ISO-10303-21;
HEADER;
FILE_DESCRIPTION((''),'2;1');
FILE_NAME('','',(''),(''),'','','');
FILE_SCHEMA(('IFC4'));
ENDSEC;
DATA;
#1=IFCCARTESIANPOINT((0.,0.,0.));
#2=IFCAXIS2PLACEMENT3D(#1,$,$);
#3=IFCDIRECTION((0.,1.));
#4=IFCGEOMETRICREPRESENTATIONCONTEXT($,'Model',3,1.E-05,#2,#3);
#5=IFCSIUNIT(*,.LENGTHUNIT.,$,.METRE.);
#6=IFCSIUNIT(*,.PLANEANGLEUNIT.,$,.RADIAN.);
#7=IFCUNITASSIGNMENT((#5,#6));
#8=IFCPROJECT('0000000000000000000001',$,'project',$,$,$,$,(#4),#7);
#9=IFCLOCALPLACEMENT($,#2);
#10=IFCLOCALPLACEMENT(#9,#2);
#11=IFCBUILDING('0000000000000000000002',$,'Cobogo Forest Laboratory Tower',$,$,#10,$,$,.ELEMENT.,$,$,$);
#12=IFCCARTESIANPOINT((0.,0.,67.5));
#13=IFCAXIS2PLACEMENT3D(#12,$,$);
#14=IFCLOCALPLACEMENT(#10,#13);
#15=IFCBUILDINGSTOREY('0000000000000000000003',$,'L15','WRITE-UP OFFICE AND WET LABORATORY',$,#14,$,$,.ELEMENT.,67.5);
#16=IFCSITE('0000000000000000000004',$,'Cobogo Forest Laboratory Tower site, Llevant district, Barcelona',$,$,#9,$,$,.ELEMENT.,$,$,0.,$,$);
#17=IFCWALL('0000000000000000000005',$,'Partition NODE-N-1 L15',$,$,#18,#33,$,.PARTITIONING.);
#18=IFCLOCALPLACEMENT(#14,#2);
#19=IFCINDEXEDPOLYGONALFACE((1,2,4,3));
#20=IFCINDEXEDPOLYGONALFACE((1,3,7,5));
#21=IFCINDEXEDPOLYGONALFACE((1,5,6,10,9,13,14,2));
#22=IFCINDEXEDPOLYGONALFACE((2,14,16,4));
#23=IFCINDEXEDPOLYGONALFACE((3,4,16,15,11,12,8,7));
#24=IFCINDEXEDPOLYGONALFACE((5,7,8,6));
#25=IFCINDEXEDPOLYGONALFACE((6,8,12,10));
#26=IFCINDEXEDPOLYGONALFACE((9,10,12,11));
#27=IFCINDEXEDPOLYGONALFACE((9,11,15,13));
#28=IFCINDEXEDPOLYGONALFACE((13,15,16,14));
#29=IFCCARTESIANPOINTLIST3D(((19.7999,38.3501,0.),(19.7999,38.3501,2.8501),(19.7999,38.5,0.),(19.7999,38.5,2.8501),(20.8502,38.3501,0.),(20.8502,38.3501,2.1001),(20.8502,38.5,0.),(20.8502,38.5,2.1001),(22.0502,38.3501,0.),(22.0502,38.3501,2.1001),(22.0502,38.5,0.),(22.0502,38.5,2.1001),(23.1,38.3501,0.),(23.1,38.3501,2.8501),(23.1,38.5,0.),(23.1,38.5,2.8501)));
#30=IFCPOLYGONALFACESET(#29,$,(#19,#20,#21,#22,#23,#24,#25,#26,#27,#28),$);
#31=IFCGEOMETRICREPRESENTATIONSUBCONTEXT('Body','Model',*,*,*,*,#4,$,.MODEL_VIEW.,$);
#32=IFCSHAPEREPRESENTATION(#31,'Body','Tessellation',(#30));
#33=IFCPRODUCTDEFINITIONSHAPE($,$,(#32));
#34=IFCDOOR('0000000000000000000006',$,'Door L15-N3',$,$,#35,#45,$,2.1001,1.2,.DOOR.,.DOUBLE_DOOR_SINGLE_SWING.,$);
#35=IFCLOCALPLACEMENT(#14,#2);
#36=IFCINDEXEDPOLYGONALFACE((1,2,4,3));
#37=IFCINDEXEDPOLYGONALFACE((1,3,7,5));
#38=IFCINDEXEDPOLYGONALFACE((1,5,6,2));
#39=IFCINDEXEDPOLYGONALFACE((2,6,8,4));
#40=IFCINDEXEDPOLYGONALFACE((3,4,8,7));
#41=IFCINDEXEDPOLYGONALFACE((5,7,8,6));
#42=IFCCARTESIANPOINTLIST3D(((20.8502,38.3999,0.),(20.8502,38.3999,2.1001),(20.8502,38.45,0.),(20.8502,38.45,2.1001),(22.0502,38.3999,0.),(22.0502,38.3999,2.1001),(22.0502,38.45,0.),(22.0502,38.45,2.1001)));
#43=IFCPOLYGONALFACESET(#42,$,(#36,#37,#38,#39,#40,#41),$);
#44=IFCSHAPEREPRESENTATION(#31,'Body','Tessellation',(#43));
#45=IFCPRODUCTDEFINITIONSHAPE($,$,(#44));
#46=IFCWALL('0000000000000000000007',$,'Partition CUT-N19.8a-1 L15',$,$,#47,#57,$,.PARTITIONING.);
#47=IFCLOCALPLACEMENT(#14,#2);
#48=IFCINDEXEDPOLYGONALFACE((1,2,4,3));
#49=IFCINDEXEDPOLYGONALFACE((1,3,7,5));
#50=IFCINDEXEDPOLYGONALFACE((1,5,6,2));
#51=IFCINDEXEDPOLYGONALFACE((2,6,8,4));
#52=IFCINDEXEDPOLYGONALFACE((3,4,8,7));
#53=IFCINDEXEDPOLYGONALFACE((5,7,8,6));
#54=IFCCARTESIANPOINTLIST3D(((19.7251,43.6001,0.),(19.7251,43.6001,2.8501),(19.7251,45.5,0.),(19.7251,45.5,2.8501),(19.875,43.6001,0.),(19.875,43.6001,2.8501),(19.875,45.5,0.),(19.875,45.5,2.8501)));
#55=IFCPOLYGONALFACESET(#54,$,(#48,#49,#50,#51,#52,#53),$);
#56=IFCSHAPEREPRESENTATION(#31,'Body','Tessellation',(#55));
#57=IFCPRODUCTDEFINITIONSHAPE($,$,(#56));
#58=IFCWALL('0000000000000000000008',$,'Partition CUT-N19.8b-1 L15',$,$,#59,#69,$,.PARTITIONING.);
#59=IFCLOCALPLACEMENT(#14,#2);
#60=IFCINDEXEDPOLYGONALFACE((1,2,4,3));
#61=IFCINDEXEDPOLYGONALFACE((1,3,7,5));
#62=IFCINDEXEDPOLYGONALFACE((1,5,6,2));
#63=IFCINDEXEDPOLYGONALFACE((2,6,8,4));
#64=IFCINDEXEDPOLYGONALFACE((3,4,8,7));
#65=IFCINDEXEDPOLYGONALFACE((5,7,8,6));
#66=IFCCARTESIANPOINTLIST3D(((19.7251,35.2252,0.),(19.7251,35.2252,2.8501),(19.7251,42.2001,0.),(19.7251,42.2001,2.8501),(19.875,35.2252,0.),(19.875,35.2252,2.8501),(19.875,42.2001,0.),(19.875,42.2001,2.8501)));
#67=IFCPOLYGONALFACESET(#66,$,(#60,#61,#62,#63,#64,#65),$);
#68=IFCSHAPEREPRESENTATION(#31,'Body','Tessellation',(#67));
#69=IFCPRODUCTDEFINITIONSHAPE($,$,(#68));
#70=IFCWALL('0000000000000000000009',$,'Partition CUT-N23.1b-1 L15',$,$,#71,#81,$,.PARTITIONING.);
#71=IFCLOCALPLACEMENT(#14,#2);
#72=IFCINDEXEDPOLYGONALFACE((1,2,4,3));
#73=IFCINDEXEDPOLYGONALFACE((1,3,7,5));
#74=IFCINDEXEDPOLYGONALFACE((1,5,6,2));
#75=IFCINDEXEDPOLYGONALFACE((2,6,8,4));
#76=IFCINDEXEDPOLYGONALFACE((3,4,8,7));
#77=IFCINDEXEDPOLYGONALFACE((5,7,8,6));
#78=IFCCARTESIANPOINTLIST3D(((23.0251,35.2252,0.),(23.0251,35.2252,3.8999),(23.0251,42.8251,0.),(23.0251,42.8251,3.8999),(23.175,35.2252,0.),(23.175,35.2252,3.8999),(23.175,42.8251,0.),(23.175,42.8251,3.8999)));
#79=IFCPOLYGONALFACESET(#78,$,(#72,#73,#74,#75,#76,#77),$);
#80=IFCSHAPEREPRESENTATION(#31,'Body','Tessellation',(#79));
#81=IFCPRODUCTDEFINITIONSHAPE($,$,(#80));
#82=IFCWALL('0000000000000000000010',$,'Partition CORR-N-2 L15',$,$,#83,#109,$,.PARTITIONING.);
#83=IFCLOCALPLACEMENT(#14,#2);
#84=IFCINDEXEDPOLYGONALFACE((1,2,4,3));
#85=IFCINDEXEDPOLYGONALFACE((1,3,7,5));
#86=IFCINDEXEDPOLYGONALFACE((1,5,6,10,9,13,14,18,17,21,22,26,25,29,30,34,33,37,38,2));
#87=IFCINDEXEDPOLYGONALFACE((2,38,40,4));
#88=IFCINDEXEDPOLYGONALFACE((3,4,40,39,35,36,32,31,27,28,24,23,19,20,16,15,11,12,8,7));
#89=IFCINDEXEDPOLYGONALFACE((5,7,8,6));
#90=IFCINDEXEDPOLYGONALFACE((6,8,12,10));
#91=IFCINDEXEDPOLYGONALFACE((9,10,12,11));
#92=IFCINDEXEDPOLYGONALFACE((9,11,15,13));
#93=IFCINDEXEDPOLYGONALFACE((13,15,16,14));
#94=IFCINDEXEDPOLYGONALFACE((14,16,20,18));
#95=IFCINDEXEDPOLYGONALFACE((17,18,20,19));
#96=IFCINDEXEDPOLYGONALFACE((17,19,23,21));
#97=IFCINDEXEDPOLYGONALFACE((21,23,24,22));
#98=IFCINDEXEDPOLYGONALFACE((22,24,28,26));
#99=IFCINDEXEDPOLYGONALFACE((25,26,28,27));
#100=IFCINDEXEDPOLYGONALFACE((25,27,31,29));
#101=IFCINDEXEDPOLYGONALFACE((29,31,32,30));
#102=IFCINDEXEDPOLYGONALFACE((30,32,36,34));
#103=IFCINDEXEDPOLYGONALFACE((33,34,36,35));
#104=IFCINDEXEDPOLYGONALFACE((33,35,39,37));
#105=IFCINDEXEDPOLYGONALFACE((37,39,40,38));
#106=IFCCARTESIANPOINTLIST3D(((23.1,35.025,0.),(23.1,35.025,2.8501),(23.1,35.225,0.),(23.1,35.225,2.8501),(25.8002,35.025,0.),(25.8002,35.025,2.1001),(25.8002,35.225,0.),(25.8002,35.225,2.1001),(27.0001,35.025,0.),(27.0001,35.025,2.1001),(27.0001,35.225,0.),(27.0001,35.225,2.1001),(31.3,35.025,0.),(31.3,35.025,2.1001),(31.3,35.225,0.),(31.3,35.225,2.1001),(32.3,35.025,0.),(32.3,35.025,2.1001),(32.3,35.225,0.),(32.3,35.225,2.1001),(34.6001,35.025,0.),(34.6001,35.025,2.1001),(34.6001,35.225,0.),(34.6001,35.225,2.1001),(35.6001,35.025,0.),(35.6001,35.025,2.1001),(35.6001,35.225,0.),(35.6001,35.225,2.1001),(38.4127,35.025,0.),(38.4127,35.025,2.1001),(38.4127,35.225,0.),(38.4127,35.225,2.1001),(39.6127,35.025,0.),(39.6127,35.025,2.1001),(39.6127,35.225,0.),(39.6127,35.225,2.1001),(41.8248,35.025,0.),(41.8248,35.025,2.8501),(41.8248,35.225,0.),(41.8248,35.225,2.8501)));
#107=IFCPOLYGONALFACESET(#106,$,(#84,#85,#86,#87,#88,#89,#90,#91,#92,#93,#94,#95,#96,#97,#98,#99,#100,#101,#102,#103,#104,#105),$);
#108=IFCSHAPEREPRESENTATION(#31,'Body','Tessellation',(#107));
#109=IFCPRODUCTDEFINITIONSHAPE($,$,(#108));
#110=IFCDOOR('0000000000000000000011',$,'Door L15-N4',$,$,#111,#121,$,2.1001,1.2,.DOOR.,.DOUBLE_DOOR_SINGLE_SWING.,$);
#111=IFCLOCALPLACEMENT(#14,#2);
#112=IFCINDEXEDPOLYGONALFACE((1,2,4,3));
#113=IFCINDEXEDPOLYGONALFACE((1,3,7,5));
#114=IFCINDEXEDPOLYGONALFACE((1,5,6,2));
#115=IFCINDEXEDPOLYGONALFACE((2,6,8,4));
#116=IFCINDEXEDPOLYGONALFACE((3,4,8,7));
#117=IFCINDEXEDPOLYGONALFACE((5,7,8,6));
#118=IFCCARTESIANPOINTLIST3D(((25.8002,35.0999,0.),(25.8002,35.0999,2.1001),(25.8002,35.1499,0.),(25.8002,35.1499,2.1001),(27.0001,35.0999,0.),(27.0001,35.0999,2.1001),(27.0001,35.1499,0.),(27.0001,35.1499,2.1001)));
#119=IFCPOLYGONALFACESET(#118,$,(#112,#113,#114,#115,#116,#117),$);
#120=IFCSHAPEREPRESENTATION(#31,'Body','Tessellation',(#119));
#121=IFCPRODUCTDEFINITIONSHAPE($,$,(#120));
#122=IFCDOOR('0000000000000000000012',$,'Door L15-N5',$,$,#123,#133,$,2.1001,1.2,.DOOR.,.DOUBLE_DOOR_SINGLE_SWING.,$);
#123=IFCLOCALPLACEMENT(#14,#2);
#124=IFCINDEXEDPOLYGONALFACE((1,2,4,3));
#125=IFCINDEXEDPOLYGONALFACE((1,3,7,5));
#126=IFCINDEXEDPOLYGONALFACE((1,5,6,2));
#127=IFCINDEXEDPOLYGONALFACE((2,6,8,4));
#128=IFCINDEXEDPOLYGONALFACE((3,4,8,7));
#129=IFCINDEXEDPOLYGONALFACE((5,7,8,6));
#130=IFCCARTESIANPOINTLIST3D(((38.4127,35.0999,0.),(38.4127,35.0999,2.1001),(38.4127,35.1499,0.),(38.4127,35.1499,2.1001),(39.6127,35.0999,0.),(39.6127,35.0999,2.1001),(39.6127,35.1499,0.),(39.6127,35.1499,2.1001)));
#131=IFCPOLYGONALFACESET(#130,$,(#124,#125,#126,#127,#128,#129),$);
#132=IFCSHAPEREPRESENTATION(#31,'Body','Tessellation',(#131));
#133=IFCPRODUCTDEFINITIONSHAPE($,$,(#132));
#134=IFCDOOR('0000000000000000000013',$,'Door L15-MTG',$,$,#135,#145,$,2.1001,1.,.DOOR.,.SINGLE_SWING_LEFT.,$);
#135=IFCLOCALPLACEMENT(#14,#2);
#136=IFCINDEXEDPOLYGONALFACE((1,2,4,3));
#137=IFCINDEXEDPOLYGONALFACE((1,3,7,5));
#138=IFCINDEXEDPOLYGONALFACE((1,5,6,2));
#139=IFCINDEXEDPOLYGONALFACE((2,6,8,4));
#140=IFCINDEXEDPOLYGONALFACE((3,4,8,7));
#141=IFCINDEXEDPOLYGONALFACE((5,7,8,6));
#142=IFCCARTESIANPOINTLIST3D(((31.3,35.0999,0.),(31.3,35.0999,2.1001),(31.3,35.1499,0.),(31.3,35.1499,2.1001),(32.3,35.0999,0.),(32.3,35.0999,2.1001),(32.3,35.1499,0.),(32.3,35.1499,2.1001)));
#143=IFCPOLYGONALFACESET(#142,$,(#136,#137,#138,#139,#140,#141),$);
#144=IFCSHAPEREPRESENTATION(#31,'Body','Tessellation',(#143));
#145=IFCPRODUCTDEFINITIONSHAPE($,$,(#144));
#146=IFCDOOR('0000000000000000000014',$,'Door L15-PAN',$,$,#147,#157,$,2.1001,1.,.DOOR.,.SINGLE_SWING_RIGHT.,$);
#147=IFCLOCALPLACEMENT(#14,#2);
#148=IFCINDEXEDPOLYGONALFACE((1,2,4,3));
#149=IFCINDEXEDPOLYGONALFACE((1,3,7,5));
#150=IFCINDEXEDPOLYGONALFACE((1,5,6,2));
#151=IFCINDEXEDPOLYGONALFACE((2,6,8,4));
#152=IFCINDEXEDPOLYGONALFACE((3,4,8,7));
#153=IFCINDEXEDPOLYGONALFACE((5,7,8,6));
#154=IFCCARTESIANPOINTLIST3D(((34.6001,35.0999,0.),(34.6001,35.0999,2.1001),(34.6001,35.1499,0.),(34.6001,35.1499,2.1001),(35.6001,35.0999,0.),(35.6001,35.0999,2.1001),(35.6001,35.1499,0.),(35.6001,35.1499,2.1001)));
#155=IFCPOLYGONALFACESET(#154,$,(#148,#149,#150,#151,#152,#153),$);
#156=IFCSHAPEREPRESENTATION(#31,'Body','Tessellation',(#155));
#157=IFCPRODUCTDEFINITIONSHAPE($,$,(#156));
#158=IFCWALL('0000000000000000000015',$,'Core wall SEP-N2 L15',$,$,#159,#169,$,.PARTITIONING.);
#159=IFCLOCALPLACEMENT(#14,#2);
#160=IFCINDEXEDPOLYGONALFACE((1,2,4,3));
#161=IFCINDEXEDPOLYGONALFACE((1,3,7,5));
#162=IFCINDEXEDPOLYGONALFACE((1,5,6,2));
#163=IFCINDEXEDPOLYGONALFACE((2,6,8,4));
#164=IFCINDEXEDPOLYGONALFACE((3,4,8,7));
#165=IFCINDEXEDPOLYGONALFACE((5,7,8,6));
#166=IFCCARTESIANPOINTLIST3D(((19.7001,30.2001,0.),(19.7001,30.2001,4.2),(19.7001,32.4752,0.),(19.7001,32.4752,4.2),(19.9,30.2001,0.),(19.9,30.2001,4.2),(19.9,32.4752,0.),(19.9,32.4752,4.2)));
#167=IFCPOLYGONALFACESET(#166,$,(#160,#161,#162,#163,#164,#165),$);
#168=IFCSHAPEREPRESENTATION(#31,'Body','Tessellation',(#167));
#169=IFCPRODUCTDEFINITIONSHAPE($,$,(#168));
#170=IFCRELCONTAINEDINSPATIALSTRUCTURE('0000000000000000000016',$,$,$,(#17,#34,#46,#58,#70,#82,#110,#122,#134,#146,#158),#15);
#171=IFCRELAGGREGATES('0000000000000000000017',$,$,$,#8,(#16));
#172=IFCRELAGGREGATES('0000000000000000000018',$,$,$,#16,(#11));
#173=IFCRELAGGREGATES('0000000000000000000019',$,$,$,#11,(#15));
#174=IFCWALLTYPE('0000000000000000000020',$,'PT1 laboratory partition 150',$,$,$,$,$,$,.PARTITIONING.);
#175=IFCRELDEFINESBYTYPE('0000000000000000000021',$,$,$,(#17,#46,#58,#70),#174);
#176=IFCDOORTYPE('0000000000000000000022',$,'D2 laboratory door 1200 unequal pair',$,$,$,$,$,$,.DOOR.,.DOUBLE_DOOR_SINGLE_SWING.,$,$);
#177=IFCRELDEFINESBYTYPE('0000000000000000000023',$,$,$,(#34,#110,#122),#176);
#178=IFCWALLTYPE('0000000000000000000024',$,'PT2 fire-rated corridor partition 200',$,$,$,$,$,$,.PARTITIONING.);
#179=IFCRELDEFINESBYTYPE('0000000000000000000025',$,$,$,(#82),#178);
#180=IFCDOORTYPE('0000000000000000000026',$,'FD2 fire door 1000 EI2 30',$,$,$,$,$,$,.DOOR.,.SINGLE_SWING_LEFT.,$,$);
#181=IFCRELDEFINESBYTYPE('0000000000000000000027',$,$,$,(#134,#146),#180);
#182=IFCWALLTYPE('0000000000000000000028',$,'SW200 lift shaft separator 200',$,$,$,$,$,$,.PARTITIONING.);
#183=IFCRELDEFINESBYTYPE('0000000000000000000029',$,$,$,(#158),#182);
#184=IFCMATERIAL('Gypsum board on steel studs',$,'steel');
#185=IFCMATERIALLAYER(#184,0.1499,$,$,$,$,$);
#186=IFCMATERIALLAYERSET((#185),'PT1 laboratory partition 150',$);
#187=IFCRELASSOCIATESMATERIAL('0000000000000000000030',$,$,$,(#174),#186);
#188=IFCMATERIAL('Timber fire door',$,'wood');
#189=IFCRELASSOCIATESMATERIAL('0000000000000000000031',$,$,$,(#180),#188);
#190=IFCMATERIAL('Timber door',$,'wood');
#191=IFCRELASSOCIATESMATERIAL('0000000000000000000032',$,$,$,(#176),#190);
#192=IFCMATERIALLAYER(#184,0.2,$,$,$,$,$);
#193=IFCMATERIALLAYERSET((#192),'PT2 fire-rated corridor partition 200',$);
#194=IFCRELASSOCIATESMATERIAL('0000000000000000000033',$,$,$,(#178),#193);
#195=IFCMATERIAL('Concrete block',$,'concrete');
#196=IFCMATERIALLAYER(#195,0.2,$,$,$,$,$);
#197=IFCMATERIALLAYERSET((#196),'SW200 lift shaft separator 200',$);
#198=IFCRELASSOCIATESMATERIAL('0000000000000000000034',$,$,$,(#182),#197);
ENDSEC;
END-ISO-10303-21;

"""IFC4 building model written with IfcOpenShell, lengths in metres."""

from ifc_helpers import new_model, si_unit, direction, frame, frame_2d, origin, place, context, subcontext, project, spatial, rectangle, extrude, material, layer, layer_set, type_object, element, fill, save


model = new_model("IFC4")

# Units and contexts
model_context = context("Model", 3, precision=1e-05, world=origin(), true_north=direction((0.0, 1.0)))
body_context = subcontext(model_context, "Body", "Model", "MODEL_VIEW")
ifc_project = project(units=[si_unit("LENGTHUNIT", "METRE"), si_unit("PLANEANGLEUNIT", "RADIAN")], contexts=[model_context])

# Site, building, storey
site_placement = place(None, origin())
site = spatial("IfcSite", under=ifc_project, at=site_placement, Name="Cobogo Forest Laboratory Tower site, Llevant district, Barcelona", CompositionType="ELEMENT", RefElevation=0.0)
building_placement = place(site_placement, origin())
building = spatial("IfcBuilding", under=site, at=building_placement, Name="Cobogo Forest Laboratory Tower", CompositionType="ELEMENT")
storey_placement = place(building_placement, frame((0.0, 0.0, 67.5)))
storey = spatial("IfcBuildingStorey", under=building, at=storey_placement, Name="L15", Description="WRITE-UP OFFICE AND WET LABORATORY", CompositionType="ELEMENT", Elevation=67.5)

# Wall, opening, door
ifc_material_1 = material(Name="Gypsum board on steel studs", Category="steel")
ifc_layer_1 = layer(ifc_material_1, 0.1499)
ifc_layer_set_1 = layer_set([ifc_layer_1], Name="PT1 laboratory partition 150")
wall_type_1 = type_object("IfcWallType", Name="PT1 laboratory partition 150", PredefinedType="PARTITIONING", material=ifc_layer_set_1)
ifc_material_2 = material(Name="Timber fire door", Category="wood")
door_type_1 = type_object("IfcDoorType", Name="FD2 fire door 1000 EI2 30", OperationType="SINGLE_SWING_LEFT", PredefinedType="DOOR", material=ifc_material_2)
wall_1_placement = place(storey_placement, frame((19.8, 38.425, 0.0), z_axis=(0.0, 0.0, 1.0), x_axis=(1.0, 0.0, 0.0)))
wall_1 = element("IfcWall", 1, at=wall_1_placement, inside=storey, type_object=wall_type_1, Name="Partition NODE-N-1 L15", PredefinedType="PARTITIONING", context=body_context, shape_type="SweptSolid", body=[
    extrude(rectangle(XDim=3.3, YDim=0.1499, at=frame_2d((1.6499, 0.0))), origin(), (0.0, 0.0, 1.0), 2.8501),
])
opening_1_placement = place(wall_1_placement, frame((1.05, 0.0, 0.0)))
opening_1 = element("IfcOpeningElement", 2, at=opening_1_placement, cuts=wall_1, PredefinedType="OPENING", context=body_context, shape_type="SweptSolid", body=[
    extrude(rectangle(XDim=1.2, YDim=2.1001, at=frame_2d((0.6001, 1.05))), frame((0.0, 0.085, 0.0), z_axis=(0.0, -1.0, 0.0), x_axis=(1.0, 0.0, 0.0)), (0.0, 0.0, 1.0), 0.1699),
])
ifc_material_3 = material(Name="Timber door", Category="wood")
door_type_2 = type_object("IfcDoorType", Name="D2 laboratory door 1200 unequal pair", OperationType="DOUBLE_DOOR_SINGLE_SWING", PredefinedType="DOOR", material=ifc_material_3)
door_1_placement = place(opening_1_placement, origin())
door_1 = element("IfcDoor", 3, at=door_1_placement, inside=storey, type_object=door_type_2, Name="Door L15-N3", OperationType="DOUBLE_DOOR_SINGLE_SWING", OverallHeight=2.1001, OverallWidth=1.2, PredefinedType="DOOR", context=body_context, shape_type="SweptSolid", body=[
    extrude(rectangle(XDim=1.2, YDim=2.1001, at=frame_2d((0.6001, 1.05))), frame((0.0, 0.0249, 0.0), z_axis=(0.0, -1.0, 0.0), x_axis=(1.0, 0.0, 0.0)), (0.0, 0.0, 1.0), 0.05),
])
fill(opening_1, door_1)

# Walls
wall_2_placement = place(storey_placement, frame((19.8, 45.5, 0.0), z_axis=(0.0, 0.0, 1.0), x_axis=(0.0, -1.0, 0.0)))
element("IfcWall", 4, at=wall_2_placement, inside=storey, type_object=wall_type_1, Name="Partition CUT-N19.8a-1 L15", PredefinedType="PARTITIONING", context=body_context, shape_type="SweptSolid", body=[
    extrude(rectangle(XDim=1.8999, YDim=0.1499, at=frame_2d((0.95, 0.0))), origin(), (0.0, 0.0, 1.0), 2.8501),
])
wall_3_placement = place(storey_placement, frame((19.8, 42.2, 0.0), z_axis=(0.0, 0.0, 1.0), x_axis=(0.0, -1.0, 0.0)))
element("IfcWall", 5, at=wall_3_placement, inside=storey, type_object=wall_type_1, Name="Partition CUT-N19.8b-1 L15", PredefinedType="PARTITIONING", context=body_context, shape_type="SweptSolid", body=[
    extrude(rectangle(XDim=6.9749, YDim=0.1499, at=frame_2d((3.4873, 0.0))), origin(), (0.0, 0.0, 1.0), 2.8501),
])
wall_4_placement = place(storey_placement, frame((23.1001, 42.825, 0.0), z_axis=(0.0, 0.0, 1.0), x_axis=(0.0, -1.0, 0.0)))
element("IfcWall", 6, at=wall_4_placement, inside=storey, type_object=wall_type_1, Name="Partition CUT-N23.1b-1 L15", PredefinedType="PARTITIONING", context=body_context, shape_type="SweptSolid", body=[
    extrude(rectangle(XDim=7.5999, YDim=0.1499, at=frame_2d((3.7998, 0.0))), origin(), (0.0, 0.0, 1.0), 3.8999),
])

# Wall, openings, doors
ifc_layer_2 = layer(ifc_material_1, 0.2)
ifc_layer_set_2 = layer_set([ifc_layer_2], Name="PT2 fire-rated corridor partition 200")
wall_type_2 = type_object("IfcWallType", Name="PT2 fire-rated corridor partition 200", PredefinedType="PARTITIONING", material=ifc_layer_set_2)
wall_5_placement = place(storey_placement, frame((23.1001, 35.125, 0.0), z_axis=(0.0, 0.0, 1.0), x_axis=(1.0, 0.0, 0.0)))
wall_5 = element("IfcWall", 7, at=wall_5_placement, inside=storey, type_object=wall_type_2, Name="Partition CORR-N-2 L15", PredefinedType="PARTITIONING", context=body_context, shape_type="SweptSolid", body=[
    extrude(rectangle(XDim=18.7249, YDim=0.2, at=frame_2d((9.3623, 0.0))), origin(), (0.0, 0.0, 1.0), 2.8501),
])
opening_2_placement = place(wall_5_placement, frame((2.7, 0.0, 0.0)))
opening_2 = element("IfcOpeningElement", 8, at=opening_2_placement, cuts=wall_5, PredefinedType="OPENING", context=body_context, shape_type="SweptSolid", body=[
    extrude(rectangle(XDim=1.2, YDim=2.1001, at=frame_2d((0.6001, 1.05))), frame((0.0, 0.1099, 0.0), z_axis=(0.0, -1.0, 0.0), x_axis=(1.0, 0.0, 0.0)), (0.0, 0.0, 1.0), 0.22),
])
opening_3_placement = place(wall_5_placement, frame((8.2, 0.0, 0.0)))
opening_3 = element("IfcOpeningElement", 9, at=opening_3_placement, cuts=wall_5, PredefinedType="OPENING", context=body_context, shape_type="SweptSolid", body=[
    extrude(rectangle(XDim=1.0, YDim=2.1001, at=frame_2d((0.5, 1.05))), frame((0.0, 0.1099, 0.0), z_axis=(0.0, -1.0, 0.0), x_axis=(1.0, 0.0, 0.0)), (0.0, 0.0, 1.0), 0.22),
])
opening_4_placement = place(wall_5_placement, frame((11.5, 0.0, 0.0)))
opening_4 = element("IfcOpeningElement", 10, at=opening_4_placement, cuts=wall_5, PredefinedType="OPENING", context=body_context, shape_type="SweptSolid", body=[
    extrude(rectangle(XDim=1.0, YDim=2.1001, at=frame_2d((0.5, 1.05))), frame((0.0, 0.1099, 0.0), z_axis=(0.0, -1.0, 0.0), x_axis=(1.0, 0.0, 0.0)), (0.0, 0.0, 1.0), 0.22),
])
opening_5_placement = place(wall_5_placement, frame((15.3125, 0.0, 0.0)))
opening_5 = element("IfcOpeningElement", 11, at=opening_5_placement, cuts=wall_5, PredefinedType="OPENING", context=body_context, shape_type="SweptSolid", body=[
    extrude(rectangle(XDim=1.2, YDim=2.1001, at=frame_2d((0.6001, 1.05))), frame((0.0, 0.1099, 0.0), z_axis=(0.0, -1.0, 0.0), x_axis=(1.0, 0.0, 0.0)), (0.0, 0.0, 1.0), 0.22),
])
door_2_placement = place(opening_2_placement, origin())
door_2 = element("IfcDoor", 12, at=door_2_placement, inside=storey, type_object=door_type_2, Name="Door L15-N4", OperationType="DOUBLE_DOOR_SINGLE_SWING", OverallHeight=2.1001, OverallWidth=1.2, PredefinedType="DOOR", context=body_context, shape_type="SweptSolid", body=[
    extrude(rectangle(XDim=1.2, YDim=2.1001, at=frame_2d((0.6001, 1.05))), frame((0.0, 0.0249, 0.0), z_axis=(0.0, -1.0, 0.0), x_axis=(1.0, 0.0, 0.0)), (0.0, 0.0, 1.0), 0.05),
])
fill(opening_2, door_2)
door_3_placement = place(opening_5_placement, origin())
door_3 = element("IfcDoor", 13, at=door_3_placement, inside=storey, type_object=door_type_2, Name="Door L15-N5", OperationType="DOUBLE_DOOR_SINGLE_SWING", OverallHeight=2.1001, OverallWidth=1.2, PredefinedType="DOOR", context=body_context, shape_type="SweptSolid", body=[
    extrude(rectangle(XDim=1.2, YDim=2.1001, at=frame_2d((0.6001, 1.05))), frame((0.0, 0.0249, 0.0), z_axis=(0.0, -1.0, 0.0), x_axis=(1.0, 0.0, 0.0)), (0.0, 0.0, 1.0), 0.05),
])
fill(opening_5, door_3)
door_4_placement = place(opening_3_placement, origin())
door_4 = element("IfcDoor", 14, at=door_4_placement, inside=storey, type_object=door_type_1, Name="Door L15-MTG", OperationType="SINGLE_SWING_LEFT", OverallHeight=2.1001, OverallWidth=1.0, PredefinedType="DOOR", context=body_context, shape_type="SweptSolid", body=[
    extrude(rectangle(XDim=1.0, YDim=2.1001, at=frame_2d((0.5, 1.05))), frame((0.0, 0.0249, 0.0), z_axis=(0.0, -1.0, 0.0), x_axis=(1.0, 0.0, 0.0)), (0.0, 0.0, 1.0), 0.05),
])
fill(opening_3, door_4)
door_5_placement = place(opening_4_placement, origin())
door_5 = element("IfcDoor", 15, at=door_5_placement, inside=storey, type_object=door_type_1, Name="Door L15-PAN", OperationType="SINGLE_SWING_RIGHT", OverallHeight=2.1001, OverallWidth=1.0, PredefinedType="DOOR", context=body_context, shape_type="SweptSolid", body=[
    extrude(rectangle(XDim=1.0, YDim=2.1001, at=frame_2d((0.5, 1.05))), frame((0.0, 0.0249, 0.0), z_axis=(0.0, -1.0, 0.0), x_axis=(1.0, 0.0, 0.0)), (0.0, 0.0, 1.0), 0.05),
])
fill(opening_4, door_5)

# Wall
ifc_material_4 = material(Name="Concrete block", Category="concrete")
ifc_layer_3 = layer(ifc_material_4, 0.2)
ifc_layer_set_3 = layer_set([ifc_layer_3], Name="SW200 lift shaft separator 200")
wall_type_3 = type_object("IfcWallType", Name="SW200 lift shaft separator 200", PredefinedType="PARTITIONING", material=ifc_layer_set_3)
for number, where, z_axis, x_axis, name in (
    (16, (19.8, 30.2, 0.0), (0.0, 0.0, 1.0), (0.0, 1.0, 0.0), "Core wall SEP-N2 L15"),
):
    element("IfcWall", number, at=place(storey_placement, frame(where, z_axis=z_axis, x_axis=x_axis)), inside=storey, type_object=wall_type_3, Name=name, PredefinedType="PARTITIONING", context=body_context, shape_type="SweptSolid", body=[
        extrude(rectangle(XDim=2.2751, YDim=0.2, at=frame_2d((1.1377, 0.0))), origin(), (0.0, 0.0, 1.0), 4.2),
    ])

save(model, "model.ifc")
